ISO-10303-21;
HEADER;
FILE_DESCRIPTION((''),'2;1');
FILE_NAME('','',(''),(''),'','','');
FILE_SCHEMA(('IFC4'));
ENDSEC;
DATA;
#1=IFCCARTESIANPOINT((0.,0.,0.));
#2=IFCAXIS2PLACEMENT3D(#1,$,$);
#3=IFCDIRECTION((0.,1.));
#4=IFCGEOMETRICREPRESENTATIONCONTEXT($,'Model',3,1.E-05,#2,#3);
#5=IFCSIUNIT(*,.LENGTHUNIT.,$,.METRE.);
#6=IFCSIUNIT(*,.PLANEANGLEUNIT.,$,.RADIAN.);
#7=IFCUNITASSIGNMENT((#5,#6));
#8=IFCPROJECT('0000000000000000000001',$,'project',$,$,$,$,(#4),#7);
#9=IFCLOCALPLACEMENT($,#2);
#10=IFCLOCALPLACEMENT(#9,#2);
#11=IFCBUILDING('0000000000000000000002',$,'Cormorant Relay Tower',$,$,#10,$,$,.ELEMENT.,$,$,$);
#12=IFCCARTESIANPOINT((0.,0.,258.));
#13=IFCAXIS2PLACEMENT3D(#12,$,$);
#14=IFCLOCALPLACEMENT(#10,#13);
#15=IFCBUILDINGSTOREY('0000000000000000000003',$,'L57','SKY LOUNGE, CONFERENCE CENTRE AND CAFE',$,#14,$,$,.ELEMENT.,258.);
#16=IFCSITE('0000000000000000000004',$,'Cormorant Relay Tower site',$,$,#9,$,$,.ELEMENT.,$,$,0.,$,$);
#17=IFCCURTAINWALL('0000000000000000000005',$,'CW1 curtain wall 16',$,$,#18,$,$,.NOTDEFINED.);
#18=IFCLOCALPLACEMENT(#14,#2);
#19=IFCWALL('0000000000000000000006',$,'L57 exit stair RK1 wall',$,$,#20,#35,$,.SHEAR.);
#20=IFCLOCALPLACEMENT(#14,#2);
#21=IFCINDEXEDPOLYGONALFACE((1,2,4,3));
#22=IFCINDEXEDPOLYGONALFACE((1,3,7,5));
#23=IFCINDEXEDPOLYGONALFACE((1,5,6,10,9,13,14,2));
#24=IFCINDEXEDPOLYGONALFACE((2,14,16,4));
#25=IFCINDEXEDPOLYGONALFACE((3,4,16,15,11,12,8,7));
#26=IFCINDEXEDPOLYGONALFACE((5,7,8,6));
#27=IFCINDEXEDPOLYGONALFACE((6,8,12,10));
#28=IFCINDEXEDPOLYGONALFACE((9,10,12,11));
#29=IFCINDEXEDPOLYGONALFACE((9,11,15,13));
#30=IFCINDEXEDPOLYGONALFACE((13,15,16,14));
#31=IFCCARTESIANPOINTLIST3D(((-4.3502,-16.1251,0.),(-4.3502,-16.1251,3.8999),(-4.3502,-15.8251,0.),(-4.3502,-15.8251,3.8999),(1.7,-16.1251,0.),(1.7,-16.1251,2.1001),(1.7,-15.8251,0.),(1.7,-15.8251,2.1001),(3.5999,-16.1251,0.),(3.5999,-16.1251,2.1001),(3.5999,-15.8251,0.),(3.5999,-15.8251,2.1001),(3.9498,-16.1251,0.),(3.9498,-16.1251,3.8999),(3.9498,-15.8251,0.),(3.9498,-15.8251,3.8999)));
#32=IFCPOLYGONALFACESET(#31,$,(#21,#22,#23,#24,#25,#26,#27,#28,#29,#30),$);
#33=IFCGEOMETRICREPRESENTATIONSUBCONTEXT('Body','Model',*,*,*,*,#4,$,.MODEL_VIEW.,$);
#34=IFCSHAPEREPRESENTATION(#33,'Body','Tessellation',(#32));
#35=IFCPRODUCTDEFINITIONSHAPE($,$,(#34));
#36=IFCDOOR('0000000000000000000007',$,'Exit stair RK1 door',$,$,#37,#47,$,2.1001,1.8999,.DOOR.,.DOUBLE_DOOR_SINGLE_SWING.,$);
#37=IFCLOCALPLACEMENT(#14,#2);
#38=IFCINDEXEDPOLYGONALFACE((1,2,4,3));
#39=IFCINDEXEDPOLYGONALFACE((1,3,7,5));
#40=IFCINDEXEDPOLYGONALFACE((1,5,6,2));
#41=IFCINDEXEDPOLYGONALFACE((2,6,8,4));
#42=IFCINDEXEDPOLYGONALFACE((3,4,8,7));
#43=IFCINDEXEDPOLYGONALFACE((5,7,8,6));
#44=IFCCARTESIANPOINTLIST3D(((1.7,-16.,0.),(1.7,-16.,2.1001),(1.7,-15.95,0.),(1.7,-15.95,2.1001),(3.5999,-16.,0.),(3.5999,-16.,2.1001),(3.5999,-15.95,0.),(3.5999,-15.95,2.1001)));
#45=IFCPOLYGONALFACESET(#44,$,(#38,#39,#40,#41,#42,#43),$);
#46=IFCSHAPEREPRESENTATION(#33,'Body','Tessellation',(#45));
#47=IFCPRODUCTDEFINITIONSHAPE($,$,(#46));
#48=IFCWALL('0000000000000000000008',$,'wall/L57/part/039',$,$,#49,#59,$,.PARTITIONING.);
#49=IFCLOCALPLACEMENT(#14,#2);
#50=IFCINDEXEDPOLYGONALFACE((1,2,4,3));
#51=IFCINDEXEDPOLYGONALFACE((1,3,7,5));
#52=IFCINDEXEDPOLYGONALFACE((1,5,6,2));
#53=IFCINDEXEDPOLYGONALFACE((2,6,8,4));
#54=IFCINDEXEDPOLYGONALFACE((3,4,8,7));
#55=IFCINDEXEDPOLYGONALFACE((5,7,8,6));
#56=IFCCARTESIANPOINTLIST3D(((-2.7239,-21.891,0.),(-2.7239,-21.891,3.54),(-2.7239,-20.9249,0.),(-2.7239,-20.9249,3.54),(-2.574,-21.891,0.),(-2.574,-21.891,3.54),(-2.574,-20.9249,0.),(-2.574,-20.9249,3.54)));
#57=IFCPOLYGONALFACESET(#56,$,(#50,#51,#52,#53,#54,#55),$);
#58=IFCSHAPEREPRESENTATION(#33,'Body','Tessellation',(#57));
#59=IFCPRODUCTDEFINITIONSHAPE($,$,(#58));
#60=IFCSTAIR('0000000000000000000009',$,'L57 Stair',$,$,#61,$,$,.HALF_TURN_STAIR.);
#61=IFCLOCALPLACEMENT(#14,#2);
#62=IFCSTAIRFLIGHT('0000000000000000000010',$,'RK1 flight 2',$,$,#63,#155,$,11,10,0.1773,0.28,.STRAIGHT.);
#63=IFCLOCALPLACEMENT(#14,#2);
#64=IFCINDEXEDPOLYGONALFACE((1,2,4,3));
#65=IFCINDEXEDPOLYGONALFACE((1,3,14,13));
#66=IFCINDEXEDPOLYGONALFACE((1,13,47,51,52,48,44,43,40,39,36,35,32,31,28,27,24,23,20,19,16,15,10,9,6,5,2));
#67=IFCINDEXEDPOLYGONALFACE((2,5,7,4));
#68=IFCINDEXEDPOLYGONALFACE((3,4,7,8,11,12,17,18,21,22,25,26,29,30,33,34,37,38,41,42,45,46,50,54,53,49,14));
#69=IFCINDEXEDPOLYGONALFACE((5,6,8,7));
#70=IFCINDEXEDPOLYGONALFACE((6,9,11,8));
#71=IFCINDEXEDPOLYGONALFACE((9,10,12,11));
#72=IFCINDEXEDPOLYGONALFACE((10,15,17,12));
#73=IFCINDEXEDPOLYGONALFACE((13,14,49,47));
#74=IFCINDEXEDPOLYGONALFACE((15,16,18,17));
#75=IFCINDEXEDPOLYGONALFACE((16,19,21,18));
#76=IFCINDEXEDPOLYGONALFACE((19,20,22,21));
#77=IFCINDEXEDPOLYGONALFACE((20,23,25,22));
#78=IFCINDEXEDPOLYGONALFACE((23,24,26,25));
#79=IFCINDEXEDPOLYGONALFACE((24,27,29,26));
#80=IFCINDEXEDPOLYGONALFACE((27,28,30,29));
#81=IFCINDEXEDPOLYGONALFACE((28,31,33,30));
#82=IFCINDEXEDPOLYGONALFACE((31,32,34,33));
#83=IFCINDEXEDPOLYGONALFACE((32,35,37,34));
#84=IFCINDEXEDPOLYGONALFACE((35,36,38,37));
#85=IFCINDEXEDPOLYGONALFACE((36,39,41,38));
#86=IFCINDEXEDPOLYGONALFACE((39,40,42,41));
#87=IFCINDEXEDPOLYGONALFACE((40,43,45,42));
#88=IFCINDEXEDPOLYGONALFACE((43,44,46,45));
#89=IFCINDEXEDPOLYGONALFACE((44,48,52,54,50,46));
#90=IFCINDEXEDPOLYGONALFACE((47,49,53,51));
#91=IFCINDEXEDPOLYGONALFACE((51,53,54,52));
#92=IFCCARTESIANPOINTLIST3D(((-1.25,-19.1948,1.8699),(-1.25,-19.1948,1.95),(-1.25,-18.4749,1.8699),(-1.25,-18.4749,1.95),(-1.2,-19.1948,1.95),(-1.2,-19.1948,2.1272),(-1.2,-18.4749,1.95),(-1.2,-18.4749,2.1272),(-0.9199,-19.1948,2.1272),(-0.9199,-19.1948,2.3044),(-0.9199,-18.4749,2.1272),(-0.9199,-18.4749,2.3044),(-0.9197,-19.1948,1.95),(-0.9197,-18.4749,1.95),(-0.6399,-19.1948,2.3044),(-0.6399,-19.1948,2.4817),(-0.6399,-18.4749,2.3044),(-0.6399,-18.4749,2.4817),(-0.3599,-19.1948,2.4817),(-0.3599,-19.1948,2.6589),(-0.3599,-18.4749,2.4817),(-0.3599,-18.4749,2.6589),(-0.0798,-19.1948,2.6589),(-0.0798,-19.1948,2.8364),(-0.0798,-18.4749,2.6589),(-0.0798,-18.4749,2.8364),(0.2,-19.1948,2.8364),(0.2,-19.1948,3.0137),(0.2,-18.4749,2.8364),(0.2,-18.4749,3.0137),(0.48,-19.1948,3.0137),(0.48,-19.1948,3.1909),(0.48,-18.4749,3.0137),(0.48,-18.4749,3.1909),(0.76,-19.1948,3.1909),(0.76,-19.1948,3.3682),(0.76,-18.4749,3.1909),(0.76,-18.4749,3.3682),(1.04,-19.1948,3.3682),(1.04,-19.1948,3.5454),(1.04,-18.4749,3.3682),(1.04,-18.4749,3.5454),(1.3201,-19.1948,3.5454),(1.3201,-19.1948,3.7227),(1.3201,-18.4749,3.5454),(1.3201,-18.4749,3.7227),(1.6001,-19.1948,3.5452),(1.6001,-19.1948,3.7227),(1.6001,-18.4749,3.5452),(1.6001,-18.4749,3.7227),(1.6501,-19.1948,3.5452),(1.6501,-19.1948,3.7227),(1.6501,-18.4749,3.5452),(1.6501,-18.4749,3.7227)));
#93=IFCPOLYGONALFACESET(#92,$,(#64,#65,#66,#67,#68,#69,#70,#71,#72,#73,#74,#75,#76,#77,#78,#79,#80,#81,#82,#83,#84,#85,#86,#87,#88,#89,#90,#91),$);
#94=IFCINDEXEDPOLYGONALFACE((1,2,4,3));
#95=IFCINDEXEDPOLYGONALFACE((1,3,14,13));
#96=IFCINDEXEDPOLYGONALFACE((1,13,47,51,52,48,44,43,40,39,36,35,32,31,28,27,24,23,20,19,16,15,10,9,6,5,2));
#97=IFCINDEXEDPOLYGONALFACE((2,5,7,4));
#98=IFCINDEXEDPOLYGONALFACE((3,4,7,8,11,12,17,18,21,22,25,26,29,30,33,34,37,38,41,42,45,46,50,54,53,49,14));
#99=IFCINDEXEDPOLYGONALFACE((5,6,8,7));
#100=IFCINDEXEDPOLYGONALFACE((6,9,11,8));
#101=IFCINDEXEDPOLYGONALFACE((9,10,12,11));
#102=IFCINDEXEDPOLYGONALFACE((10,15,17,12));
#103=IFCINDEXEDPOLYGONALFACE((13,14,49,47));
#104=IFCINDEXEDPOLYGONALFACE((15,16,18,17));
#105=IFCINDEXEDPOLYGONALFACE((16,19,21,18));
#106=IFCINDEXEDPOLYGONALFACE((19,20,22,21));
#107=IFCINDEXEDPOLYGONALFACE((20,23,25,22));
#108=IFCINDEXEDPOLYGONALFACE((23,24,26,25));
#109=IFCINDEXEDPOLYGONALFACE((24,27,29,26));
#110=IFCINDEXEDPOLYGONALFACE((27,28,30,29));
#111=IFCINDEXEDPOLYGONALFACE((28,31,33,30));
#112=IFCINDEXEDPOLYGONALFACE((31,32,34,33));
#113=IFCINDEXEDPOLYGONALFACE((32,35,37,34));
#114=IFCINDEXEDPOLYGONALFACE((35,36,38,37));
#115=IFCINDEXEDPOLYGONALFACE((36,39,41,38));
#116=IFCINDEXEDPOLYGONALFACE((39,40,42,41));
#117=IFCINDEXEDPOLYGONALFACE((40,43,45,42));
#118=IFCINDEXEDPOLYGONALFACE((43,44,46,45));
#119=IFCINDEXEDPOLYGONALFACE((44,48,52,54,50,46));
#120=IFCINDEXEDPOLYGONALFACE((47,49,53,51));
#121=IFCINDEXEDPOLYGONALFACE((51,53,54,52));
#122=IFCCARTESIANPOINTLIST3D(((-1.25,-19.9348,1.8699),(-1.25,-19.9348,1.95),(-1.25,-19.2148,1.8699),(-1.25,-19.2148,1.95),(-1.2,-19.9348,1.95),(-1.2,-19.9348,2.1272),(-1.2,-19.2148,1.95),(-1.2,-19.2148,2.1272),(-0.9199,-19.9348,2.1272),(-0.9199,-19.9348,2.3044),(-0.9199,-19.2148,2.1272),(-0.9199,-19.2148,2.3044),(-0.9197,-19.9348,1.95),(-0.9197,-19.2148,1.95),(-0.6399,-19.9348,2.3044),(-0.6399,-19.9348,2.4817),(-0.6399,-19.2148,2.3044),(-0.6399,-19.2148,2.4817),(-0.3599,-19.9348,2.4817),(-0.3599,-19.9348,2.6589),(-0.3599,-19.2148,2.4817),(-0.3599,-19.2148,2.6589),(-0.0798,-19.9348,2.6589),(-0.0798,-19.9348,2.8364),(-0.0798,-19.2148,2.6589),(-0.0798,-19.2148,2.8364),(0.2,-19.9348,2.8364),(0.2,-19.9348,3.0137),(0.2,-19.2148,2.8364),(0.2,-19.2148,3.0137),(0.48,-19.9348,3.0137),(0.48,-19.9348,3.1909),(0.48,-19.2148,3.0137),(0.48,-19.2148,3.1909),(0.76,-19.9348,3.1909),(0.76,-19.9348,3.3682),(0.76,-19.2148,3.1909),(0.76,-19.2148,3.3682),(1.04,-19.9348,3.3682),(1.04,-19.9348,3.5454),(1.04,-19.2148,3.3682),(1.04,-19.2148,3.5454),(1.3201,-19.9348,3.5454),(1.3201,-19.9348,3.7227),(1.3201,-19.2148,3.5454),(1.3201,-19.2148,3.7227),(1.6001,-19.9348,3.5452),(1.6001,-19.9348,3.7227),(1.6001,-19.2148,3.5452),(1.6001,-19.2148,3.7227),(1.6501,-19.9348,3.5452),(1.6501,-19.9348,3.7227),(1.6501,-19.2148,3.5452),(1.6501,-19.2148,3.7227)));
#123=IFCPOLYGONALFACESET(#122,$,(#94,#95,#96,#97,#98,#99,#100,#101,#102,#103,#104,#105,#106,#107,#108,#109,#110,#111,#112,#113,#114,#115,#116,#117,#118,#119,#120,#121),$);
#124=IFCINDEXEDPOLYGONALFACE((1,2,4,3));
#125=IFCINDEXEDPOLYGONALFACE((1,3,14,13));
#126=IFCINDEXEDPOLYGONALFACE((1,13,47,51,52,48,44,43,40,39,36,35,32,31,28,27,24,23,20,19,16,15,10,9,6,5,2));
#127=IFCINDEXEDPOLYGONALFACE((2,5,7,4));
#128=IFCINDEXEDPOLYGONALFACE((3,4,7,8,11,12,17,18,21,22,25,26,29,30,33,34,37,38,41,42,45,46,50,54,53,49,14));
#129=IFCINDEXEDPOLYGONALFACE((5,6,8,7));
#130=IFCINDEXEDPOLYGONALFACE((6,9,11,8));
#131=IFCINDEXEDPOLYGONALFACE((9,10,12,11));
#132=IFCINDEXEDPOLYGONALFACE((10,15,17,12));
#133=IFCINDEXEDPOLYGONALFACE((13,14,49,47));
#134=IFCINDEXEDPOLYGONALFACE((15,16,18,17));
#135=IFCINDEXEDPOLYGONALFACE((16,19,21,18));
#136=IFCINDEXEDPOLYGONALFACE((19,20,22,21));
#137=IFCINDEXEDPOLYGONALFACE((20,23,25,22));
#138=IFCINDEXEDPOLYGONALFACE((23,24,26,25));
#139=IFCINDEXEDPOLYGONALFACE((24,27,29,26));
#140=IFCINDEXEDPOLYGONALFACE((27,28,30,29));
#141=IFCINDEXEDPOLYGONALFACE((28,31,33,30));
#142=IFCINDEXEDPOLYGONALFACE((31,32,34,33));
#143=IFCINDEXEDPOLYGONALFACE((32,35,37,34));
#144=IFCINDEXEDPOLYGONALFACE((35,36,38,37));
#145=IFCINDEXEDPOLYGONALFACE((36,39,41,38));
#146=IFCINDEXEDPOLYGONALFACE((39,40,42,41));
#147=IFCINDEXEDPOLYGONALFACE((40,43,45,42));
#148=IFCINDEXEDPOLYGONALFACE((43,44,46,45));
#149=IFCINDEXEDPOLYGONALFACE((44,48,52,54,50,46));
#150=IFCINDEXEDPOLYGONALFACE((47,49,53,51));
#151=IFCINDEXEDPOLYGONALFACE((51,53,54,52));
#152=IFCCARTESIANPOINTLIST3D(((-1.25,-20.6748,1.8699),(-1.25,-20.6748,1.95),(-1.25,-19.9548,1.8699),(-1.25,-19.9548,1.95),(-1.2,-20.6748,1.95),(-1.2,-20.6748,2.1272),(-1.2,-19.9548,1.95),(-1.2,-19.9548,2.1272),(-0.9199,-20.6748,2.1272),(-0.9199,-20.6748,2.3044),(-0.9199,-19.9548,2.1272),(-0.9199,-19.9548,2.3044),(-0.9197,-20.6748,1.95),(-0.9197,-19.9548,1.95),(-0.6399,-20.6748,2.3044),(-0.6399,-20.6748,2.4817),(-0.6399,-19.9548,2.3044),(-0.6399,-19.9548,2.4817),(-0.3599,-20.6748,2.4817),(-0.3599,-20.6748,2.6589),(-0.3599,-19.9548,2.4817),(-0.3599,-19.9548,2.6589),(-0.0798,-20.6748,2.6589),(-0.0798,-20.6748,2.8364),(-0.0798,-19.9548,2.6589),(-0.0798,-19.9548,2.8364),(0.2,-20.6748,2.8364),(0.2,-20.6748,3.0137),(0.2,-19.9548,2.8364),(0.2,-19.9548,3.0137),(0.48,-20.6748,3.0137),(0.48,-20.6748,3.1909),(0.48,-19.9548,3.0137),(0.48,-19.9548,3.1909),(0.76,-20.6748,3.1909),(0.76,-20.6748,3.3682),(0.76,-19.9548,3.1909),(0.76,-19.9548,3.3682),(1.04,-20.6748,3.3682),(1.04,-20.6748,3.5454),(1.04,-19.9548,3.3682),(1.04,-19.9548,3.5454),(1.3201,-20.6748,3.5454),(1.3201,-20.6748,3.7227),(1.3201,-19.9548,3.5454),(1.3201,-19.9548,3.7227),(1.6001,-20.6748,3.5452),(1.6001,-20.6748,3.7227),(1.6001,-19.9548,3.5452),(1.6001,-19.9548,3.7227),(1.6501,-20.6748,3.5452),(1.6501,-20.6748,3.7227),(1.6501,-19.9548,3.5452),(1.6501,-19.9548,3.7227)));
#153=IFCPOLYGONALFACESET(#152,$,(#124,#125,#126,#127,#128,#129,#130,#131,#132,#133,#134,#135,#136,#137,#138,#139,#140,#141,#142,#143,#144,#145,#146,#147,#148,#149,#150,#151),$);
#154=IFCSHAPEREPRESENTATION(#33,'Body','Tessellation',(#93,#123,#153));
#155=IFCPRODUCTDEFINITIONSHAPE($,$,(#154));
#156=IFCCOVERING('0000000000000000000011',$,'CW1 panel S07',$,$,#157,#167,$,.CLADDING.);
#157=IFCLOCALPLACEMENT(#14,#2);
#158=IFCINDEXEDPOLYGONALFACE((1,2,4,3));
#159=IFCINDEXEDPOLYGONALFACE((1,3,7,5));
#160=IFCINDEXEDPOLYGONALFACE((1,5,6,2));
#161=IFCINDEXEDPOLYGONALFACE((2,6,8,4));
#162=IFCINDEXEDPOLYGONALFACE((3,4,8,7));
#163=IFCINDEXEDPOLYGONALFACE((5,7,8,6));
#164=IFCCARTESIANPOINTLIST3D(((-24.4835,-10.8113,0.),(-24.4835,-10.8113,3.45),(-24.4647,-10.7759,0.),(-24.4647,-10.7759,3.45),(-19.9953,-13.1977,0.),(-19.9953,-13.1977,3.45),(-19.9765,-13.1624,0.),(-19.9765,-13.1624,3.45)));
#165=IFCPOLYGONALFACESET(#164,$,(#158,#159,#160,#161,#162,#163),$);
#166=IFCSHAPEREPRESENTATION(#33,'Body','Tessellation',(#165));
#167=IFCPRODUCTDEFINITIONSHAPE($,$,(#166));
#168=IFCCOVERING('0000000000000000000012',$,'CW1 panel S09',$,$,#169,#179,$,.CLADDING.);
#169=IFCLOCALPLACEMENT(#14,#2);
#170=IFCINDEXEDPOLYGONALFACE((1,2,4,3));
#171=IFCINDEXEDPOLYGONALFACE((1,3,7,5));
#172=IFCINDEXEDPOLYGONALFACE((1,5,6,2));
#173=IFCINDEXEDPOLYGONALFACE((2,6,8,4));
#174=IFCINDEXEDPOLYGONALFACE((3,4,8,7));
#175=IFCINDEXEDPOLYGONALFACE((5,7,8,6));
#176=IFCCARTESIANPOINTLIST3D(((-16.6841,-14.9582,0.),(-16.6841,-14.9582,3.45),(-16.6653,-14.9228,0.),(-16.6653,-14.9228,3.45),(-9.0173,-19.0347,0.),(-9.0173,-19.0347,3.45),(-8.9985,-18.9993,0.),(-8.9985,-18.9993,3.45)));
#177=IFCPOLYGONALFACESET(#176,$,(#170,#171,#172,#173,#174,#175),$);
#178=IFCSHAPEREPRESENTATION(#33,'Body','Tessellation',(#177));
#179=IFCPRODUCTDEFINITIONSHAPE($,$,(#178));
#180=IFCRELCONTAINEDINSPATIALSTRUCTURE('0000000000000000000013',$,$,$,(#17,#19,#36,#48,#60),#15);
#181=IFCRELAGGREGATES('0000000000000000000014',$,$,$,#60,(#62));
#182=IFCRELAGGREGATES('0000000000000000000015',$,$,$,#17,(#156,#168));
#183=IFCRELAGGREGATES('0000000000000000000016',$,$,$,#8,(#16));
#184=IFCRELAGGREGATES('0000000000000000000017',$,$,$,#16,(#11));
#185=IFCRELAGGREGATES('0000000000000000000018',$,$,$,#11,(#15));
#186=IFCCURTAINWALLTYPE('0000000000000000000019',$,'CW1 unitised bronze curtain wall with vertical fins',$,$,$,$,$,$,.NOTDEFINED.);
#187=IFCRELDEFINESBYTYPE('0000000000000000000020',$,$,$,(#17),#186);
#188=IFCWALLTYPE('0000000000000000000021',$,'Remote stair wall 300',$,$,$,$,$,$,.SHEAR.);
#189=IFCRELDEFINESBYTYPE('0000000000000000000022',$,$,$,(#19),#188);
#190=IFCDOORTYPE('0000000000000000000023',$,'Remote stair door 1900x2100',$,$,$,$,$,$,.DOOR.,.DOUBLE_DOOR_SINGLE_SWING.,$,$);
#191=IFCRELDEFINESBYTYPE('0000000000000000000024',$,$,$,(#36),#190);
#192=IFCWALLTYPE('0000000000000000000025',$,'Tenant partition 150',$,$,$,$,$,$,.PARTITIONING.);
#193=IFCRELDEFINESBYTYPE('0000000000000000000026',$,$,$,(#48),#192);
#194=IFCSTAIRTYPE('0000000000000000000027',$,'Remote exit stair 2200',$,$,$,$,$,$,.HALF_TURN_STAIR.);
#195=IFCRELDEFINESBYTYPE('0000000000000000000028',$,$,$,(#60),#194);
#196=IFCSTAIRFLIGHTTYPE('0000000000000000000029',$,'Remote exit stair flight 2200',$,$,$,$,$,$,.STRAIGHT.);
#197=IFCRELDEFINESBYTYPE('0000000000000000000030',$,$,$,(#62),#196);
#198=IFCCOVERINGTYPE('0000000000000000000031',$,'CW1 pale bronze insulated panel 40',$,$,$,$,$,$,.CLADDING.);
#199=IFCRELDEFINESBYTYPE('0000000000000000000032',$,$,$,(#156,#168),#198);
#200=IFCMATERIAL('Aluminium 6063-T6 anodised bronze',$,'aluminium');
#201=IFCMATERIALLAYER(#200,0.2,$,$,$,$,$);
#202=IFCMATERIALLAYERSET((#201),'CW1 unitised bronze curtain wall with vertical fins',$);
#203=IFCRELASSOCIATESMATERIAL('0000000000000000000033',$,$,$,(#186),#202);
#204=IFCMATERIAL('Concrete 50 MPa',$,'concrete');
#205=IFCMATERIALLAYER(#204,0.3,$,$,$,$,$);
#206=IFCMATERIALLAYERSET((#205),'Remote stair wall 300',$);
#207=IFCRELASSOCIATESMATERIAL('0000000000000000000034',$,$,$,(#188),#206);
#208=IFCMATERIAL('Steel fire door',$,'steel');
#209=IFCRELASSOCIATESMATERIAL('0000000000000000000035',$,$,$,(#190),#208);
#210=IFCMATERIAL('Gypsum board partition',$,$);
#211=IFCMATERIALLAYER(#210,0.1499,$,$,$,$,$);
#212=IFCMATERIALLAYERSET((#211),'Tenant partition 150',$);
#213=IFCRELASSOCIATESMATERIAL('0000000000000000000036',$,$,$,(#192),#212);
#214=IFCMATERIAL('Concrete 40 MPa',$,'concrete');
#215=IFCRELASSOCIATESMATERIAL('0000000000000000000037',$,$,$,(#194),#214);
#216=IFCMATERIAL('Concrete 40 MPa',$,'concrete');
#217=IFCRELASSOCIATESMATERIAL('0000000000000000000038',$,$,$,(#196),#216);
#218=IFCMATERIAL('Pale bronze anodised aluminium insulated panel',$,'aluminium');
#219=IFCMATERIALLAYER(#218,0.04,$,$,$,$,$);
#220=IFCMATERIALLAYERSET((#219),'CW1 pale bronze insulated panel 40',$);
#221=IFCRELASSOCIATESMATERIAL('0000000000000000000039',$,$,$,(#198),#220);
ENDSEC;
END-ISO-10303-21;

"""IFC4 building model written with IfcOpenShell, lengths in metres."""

from ifc_helpers import new_model, si_unit, direction, frame, frame_2d, origin, origin_2d, place, context, subcontext, project, spatial, polyline, rectangle, outline, extrude, material, layer, layer_set, type_object, element, fill, aggregate, save


model = new_model("IFC4")

# Units and contexts
model_context = context("Model", 3, precision=1e-05, world=origin(), true_north=direction((0.0, 1.0)))
body_context = subcontext(model_context, "Body", "Model", "MODEL_VIEW")
ifc_project = project(units=[si_unit("LENGTHUNIT", "METRE"), si_unit("PLANEANGLEUNIT", "RADIAN")], contexts=[model_context])

# Site, building, storey
site_placement = place(None, origin())
site = spatial("IfcSite", under=ifc_project, at=site_placement, Name="Cormorant Relay Tower site", CompositionType="ELEMENT", RefElevation=0.0)
building_placement = place(site_placement, origin())
building = spatial("IfcBuilding", under=site, at=building_placement, Name="Cormorant Relay Tower", CompositionType="ELEMENT")
storey_placement = place(building_placement, frame((0.0, 0.0, 258.0)))
storey = spatial("IfcBuildingStorey", under=building, at=storey_placement, Name="L57", Description="SKY LOUNGE, CONFERENCE CENTRE AND CAFE", CompositionType="ELEMENT", Elevation=258.0)

# Shared definitions
ifc_material_1 = material(Name="Aluminium 6063-T6 anodised bronze", Category="aluminium")
ifc_layer_1 = layer(ifc_material_1, 0.2)
ifc_layer_set_1 = layer_set([ifc_layer_1], Name="CW1 unitised bronze curtain wall with vertical fins")
curtain_wall_type = type_object("IfcCurtainWallType", Name="CW1 unitised bronze curtain wall with vertical fins", PredefinedType="NOTDEFINED", material=ifc_layer_set_1)

# Curtain wall
curtain_wall_1_placement = place(storey_placement, origin())
curtain_wall_1 = element("IfcCurtainWall", 1, at=curtain_wall_1_placement, inside=storey, type_object=curtain_wall_type, Name="CW1 curtain wall 16", PredefinedType="NOTDEFINED")

# Shared definitions
ifc_material_2 = material(Name="Concrete 50 MPa", Category="concrete")
ifc_layer_2 = layer(ifc_material_2, 0.3)
ifc_layer_set_2 = layer_set([ifc_layer_2], Name="Remote stair wall 300")
wall_type_1 = type_object("IfcWallType", Name="Remote stair wall 300", PredefinedType="SHEAR", material=ifc_layer_set_2)

# Wall, opening, door
wall_1_placement = place(storey_placement, frame((-4.3501, -15.9751, 0.0), z_axis=(0.0, 0.0, 1.0), x_axis=(1.0, 0.0, 0.0)))
wall_1 = element("IfcWall", 2, at=wall_1_placement, inside=storey, type_object=wall_type_1, Name="L57 exit stair RK1 wall", PredefinedType="SHEAR", context=body_context, shape_type="SweptSolid", body=[
    extrude(rectangle(XDim=8.3, YDim=0.3, at=frame_2d((4.1499, 0.0))), origin(), (0.0, 0.0, 1.0), 3.8999),
])
opening_placement = place(wall_1_placement, frame((6.05, 0.0, 0.0)))
opening = element("IfcOpeningElement", 3, at=opening_placement, cuts=wall_1, PredefinedType="OPENING", context=body_context, shape_type="SweptSolid", body=[
    extrude(rectangle(XDim=1.8999, YDim=2.1001, at=frame_2d((0.95, 1.05))), frame((0.0, 0.1599, 0.0), z_axis=(0.0, -1.0, 0.0), x_axis=(1.0, 0.0, 0.0)), (0.0, 0.0, 1.0), 0.3201),
])
ifc_material_3 = material(Name="Steel fire door", Category="steel")
door_type = type_object("IfcDoorType", Name="Remote stair door 1900x2100", OperationType="DOUBLE_DOOR_SINGLE_SWING", PredefinedType="DOOR", material=ifc_material_3)
door_placement = place(opening_placement, frame((1.8999, 0.0, 0.0), z_axis=(0.0, 0.0, 1.0), x_axis=(-1.0, 0.0, 0.0)))
door = element("IfcDoor", 4, at=door_placement, inside=storey, type_object=door_type, Name="Exit stair RK1 door", OperationType="DOUBLE_DOOR_SINGLE_SWING", OverallHeight=2.1001, OverallWidth=1.8999, PredefinedType="DOOR", context=body_context, shape_type="SweptSolid", body=[
    extrude(rectangle(XDim=1.8999, YDim=2.1001, at=frame_2d((0.95, 1.05))), frame((0.0, 0.0249, 0.0), z_axis=(0.0, -1.0, 0.0), x_axis=(1.0, 0.0, 0.0)), (0.0, 0.0, 1.0), 0.05),
])
fill(opening, door)

# Wall
ifc_material_4 = material(Name="Gypsum board partition")
ifc_layer_3 = layer(ifc_material_4, 0.1499)
ifc_layer_set_3 = layer_set([ifc_layer_3], Name="Tenant partition 150")
wall_type_2 = type_object("IfcWallType", Name="Tenant partition 150", PredefinedType="PARTITIONING", material=ifc_layer_set_3)
wall_2_placement = place(storey_placement, frame((-2.6489, -20.925, 0.0), z_axis=(0.0, 0.0, 1.0), x_axis=(0.0, -1.0, 0.0)))
element("IfcWall", 5, at=wall_2_placement, inside=storey, type_object=wall_type_2, Name="wall/L57/part/039", PredefinedType="PARTITIONING", context=body_context, shape_type="SweptSolid", body=[
    extrude(rectangle(XDim=0.9661, YDim=0.1499, at=frame_2d((0.4829, 0.0))), origin(), (0.0, 0.0, 1.0), 3.54),
])

# Stair, stair flight
ifc_material_5 = material(Name="Concrete 40 MPa", Category="concrete")
stair_type = type_object("IfcStairType", Name="Remote exit stair 2200", PredefinedType="HALF_TURN_STAIR", material=ifc_material_5)
stair_placement = place(storey_placement, origin())
stair = element("IfcStair", 6, at=stair_placement, inside=storey, type_object=stair_type, Name="L57 Stair", PredefinedType="HALF_TURN_STAIR")
ifc_material_6 = material(Name="Concrete 40 MPa", Category="concrete")
stair_flight_type = type_object("IfcStairFlightType", Name="Remote exit stair flight 2200", PredefinedType="STRAIGHT", material=ifc_material_6)
stair_flight_placement = place(storey_placement, frame((-1.2, -19.575, 1.95), z_axis=(0.0, 0.0, 1.0), x_axis=(1.0, 0.0, 0.0)))
stair_flight = element("IfcStairFlight", 7, at=stair_flight_placement, type_object=stair_flight_type, Name="RK1 flight 2", NumberOfRisers=11, NumberOfTreads=10, PredefinedType="STRAIGHT", RiserHeight=0.1773, TreadLength=0.28, context=body_context, shape_type="SweptSolid", body=[
    extrude(outline(polyline([(-0.05, -0.0801), (-0.05, 0.0), (0.0, 0.0), (0.0, 0.1772), (0.28, 0.1772), (0.28, 0.3545), (0.5601, 0.3545), (0.5601, 0.5317), (0.8401, 0.5317), (0.8401, 0.709), (1.1201, 0.709), (1.1201, 0.8865), (1.3999, 0.8865), (1.3999, 1.0637), (1.6799, 1.0637), (1.6799, 1.241), (1.96, 1.241), (1.96, 1.4182), (2.24, 1.4182), (2.24, 1.5955), (2.52, 1.5955), (2.52, 1.7727), (2.8, 1.7727), (2.8501, 1.7727), (2.8501, 1.5952), (2.8, 1.5952), (0.2803, 0.0), (-0.05, -0.0801)])), frame((0.0, 1.1001, 0.0), z_axis=(0.0, -1.0, 0.0), x_axis=(1.0, 0.0, 0.0)), (0.0, 0.0, 1.0), 0.72),
    extrude(outline(polyline([(-0.05, -0.0801), (-0.05, 0.0), (0.0, 0.0), (0.0, 0.1772), (0.28, 0.1772), (0.28, 0.3545), (0.5601, 0.3545), (0.5601, 0.5317), (0.8401, 0.5317), (0.8401, 0.709), (1.1201, 0.709), (1.1201, 0.8865), (1.3999, 0.8865), (1.3999, 1.0637), (1.6799, 1.0637), (1.6799, 1.241), (1.96, 1.241), (1.96, 1.4182), (2.24, 1.4182), (2.24, 1.5955), (2.52, 1.5955), (2.52, 1.7727), (2.8, 1.7727), (2.8501, 1.7727), (2.8501, 1.5952), (2.8, 1.5952), (0.2803, 0.0), (-0.05, -0.0801)])), frame((0.0, 0.3601, 0.0), z_axis=(0.0, -1.0, 0.0), x_axis=(1.0, 0.0, 0.0)), (0.0, 0.0, 1.0), 0.72),
    extrude(outline(polyline([(-0.05, -0.0801), (-0.05, 0.0), (0.0, 0.0), (0.0, 0.1772), (0.28, 0.1772), (0.28, 0.3545), (0.5601, 0.3545), (0.5601, 0.5317), (0.8401, 0.5317), (0.8401, 0.709), (1.1201, 0.709), (1.1201, 0.8865), (1.3999, 0.8865), (1.3999, 1.0637), (1.6799, 1.0637), (1.6799, 1.241), (1.96, 1.241), (1.96, 1.4182), (2.24, 1.4182), (2.24, 1.5955), (2.52, 1.5955), (2.52, 1.7727), (2.8, 1.7727), (2.8501, 1.7727), (2.8501, 1.5952), (2.8, 1.5952), (0.2803, 0.0), (-0.05, -0.0801)])), frame((0.0, -0.3799, 0.0), z_axis=(0.0, -1.0, 0.0), x_axis=(1.0, 0.0, 0.0)), (0.0, 0.0, 1.0), 0.72),
])
aggregate(stair, [stair_flight])

# Coverings
ifc_material_7 = material(Name="Pale bronze anodised aluminium insulated panel", Category="aluminium")
ifc_layer_4 = layer(ifc_material_7, 0.04)
ifc_layer_set_4 = layer_set([ifc_layer_4], Name="CW1 pale bronze insulated panel 40")
covering_type = type_object("IfcCoveringType", Name="CW1 pale bronze insulated panel 40", PredefinedType="CLADDING", material=ifc_layer_set_4)
covering_1_placement = place(storey_placement, frame((-22.23, -11.9868, 0.0), z_axis=(0.0, 0.0, 1.0), x_axis=(0.882948, -0.469472, 0.0)))
covering_1 = element("IfcCovering", 8, at=covering_1_placement, type_object=covering_type, Name="CW1 panel S07", PredefinedType="CLADDING", context=body_context, shape_type="SweptSolid", body=[
    extrude(rectangle(XDim=5.0833, YDim=0.04, at=origin_2d()), origin(), (0.0, 0.0, 1.0), 3.45),
])
covering_2_placement = place(storey_placement, frame((-12.8413, -16.9788, 0.0), z_axis=(0.0, 0.0, 1.0), x_axis=(0.882948, -0.469472, 0.0)))
covering_2 = element("IfcCovering", 9, at=covering_2_placement, type_object=covering_type, Name="CW1 panel S09", PredefinedType="CLADDING", context=body_context, shape_type="SweptSolid", body=[
    extrude(rectangle(XDim=8.6831, YDim=0.04, at=origin_2d()), origin(), (0.0, 0.0, 1.0), 3.45),
])
aggregate(curtain_wall_1, [covering_1, covering_2])

save(model, "model.ifc")
